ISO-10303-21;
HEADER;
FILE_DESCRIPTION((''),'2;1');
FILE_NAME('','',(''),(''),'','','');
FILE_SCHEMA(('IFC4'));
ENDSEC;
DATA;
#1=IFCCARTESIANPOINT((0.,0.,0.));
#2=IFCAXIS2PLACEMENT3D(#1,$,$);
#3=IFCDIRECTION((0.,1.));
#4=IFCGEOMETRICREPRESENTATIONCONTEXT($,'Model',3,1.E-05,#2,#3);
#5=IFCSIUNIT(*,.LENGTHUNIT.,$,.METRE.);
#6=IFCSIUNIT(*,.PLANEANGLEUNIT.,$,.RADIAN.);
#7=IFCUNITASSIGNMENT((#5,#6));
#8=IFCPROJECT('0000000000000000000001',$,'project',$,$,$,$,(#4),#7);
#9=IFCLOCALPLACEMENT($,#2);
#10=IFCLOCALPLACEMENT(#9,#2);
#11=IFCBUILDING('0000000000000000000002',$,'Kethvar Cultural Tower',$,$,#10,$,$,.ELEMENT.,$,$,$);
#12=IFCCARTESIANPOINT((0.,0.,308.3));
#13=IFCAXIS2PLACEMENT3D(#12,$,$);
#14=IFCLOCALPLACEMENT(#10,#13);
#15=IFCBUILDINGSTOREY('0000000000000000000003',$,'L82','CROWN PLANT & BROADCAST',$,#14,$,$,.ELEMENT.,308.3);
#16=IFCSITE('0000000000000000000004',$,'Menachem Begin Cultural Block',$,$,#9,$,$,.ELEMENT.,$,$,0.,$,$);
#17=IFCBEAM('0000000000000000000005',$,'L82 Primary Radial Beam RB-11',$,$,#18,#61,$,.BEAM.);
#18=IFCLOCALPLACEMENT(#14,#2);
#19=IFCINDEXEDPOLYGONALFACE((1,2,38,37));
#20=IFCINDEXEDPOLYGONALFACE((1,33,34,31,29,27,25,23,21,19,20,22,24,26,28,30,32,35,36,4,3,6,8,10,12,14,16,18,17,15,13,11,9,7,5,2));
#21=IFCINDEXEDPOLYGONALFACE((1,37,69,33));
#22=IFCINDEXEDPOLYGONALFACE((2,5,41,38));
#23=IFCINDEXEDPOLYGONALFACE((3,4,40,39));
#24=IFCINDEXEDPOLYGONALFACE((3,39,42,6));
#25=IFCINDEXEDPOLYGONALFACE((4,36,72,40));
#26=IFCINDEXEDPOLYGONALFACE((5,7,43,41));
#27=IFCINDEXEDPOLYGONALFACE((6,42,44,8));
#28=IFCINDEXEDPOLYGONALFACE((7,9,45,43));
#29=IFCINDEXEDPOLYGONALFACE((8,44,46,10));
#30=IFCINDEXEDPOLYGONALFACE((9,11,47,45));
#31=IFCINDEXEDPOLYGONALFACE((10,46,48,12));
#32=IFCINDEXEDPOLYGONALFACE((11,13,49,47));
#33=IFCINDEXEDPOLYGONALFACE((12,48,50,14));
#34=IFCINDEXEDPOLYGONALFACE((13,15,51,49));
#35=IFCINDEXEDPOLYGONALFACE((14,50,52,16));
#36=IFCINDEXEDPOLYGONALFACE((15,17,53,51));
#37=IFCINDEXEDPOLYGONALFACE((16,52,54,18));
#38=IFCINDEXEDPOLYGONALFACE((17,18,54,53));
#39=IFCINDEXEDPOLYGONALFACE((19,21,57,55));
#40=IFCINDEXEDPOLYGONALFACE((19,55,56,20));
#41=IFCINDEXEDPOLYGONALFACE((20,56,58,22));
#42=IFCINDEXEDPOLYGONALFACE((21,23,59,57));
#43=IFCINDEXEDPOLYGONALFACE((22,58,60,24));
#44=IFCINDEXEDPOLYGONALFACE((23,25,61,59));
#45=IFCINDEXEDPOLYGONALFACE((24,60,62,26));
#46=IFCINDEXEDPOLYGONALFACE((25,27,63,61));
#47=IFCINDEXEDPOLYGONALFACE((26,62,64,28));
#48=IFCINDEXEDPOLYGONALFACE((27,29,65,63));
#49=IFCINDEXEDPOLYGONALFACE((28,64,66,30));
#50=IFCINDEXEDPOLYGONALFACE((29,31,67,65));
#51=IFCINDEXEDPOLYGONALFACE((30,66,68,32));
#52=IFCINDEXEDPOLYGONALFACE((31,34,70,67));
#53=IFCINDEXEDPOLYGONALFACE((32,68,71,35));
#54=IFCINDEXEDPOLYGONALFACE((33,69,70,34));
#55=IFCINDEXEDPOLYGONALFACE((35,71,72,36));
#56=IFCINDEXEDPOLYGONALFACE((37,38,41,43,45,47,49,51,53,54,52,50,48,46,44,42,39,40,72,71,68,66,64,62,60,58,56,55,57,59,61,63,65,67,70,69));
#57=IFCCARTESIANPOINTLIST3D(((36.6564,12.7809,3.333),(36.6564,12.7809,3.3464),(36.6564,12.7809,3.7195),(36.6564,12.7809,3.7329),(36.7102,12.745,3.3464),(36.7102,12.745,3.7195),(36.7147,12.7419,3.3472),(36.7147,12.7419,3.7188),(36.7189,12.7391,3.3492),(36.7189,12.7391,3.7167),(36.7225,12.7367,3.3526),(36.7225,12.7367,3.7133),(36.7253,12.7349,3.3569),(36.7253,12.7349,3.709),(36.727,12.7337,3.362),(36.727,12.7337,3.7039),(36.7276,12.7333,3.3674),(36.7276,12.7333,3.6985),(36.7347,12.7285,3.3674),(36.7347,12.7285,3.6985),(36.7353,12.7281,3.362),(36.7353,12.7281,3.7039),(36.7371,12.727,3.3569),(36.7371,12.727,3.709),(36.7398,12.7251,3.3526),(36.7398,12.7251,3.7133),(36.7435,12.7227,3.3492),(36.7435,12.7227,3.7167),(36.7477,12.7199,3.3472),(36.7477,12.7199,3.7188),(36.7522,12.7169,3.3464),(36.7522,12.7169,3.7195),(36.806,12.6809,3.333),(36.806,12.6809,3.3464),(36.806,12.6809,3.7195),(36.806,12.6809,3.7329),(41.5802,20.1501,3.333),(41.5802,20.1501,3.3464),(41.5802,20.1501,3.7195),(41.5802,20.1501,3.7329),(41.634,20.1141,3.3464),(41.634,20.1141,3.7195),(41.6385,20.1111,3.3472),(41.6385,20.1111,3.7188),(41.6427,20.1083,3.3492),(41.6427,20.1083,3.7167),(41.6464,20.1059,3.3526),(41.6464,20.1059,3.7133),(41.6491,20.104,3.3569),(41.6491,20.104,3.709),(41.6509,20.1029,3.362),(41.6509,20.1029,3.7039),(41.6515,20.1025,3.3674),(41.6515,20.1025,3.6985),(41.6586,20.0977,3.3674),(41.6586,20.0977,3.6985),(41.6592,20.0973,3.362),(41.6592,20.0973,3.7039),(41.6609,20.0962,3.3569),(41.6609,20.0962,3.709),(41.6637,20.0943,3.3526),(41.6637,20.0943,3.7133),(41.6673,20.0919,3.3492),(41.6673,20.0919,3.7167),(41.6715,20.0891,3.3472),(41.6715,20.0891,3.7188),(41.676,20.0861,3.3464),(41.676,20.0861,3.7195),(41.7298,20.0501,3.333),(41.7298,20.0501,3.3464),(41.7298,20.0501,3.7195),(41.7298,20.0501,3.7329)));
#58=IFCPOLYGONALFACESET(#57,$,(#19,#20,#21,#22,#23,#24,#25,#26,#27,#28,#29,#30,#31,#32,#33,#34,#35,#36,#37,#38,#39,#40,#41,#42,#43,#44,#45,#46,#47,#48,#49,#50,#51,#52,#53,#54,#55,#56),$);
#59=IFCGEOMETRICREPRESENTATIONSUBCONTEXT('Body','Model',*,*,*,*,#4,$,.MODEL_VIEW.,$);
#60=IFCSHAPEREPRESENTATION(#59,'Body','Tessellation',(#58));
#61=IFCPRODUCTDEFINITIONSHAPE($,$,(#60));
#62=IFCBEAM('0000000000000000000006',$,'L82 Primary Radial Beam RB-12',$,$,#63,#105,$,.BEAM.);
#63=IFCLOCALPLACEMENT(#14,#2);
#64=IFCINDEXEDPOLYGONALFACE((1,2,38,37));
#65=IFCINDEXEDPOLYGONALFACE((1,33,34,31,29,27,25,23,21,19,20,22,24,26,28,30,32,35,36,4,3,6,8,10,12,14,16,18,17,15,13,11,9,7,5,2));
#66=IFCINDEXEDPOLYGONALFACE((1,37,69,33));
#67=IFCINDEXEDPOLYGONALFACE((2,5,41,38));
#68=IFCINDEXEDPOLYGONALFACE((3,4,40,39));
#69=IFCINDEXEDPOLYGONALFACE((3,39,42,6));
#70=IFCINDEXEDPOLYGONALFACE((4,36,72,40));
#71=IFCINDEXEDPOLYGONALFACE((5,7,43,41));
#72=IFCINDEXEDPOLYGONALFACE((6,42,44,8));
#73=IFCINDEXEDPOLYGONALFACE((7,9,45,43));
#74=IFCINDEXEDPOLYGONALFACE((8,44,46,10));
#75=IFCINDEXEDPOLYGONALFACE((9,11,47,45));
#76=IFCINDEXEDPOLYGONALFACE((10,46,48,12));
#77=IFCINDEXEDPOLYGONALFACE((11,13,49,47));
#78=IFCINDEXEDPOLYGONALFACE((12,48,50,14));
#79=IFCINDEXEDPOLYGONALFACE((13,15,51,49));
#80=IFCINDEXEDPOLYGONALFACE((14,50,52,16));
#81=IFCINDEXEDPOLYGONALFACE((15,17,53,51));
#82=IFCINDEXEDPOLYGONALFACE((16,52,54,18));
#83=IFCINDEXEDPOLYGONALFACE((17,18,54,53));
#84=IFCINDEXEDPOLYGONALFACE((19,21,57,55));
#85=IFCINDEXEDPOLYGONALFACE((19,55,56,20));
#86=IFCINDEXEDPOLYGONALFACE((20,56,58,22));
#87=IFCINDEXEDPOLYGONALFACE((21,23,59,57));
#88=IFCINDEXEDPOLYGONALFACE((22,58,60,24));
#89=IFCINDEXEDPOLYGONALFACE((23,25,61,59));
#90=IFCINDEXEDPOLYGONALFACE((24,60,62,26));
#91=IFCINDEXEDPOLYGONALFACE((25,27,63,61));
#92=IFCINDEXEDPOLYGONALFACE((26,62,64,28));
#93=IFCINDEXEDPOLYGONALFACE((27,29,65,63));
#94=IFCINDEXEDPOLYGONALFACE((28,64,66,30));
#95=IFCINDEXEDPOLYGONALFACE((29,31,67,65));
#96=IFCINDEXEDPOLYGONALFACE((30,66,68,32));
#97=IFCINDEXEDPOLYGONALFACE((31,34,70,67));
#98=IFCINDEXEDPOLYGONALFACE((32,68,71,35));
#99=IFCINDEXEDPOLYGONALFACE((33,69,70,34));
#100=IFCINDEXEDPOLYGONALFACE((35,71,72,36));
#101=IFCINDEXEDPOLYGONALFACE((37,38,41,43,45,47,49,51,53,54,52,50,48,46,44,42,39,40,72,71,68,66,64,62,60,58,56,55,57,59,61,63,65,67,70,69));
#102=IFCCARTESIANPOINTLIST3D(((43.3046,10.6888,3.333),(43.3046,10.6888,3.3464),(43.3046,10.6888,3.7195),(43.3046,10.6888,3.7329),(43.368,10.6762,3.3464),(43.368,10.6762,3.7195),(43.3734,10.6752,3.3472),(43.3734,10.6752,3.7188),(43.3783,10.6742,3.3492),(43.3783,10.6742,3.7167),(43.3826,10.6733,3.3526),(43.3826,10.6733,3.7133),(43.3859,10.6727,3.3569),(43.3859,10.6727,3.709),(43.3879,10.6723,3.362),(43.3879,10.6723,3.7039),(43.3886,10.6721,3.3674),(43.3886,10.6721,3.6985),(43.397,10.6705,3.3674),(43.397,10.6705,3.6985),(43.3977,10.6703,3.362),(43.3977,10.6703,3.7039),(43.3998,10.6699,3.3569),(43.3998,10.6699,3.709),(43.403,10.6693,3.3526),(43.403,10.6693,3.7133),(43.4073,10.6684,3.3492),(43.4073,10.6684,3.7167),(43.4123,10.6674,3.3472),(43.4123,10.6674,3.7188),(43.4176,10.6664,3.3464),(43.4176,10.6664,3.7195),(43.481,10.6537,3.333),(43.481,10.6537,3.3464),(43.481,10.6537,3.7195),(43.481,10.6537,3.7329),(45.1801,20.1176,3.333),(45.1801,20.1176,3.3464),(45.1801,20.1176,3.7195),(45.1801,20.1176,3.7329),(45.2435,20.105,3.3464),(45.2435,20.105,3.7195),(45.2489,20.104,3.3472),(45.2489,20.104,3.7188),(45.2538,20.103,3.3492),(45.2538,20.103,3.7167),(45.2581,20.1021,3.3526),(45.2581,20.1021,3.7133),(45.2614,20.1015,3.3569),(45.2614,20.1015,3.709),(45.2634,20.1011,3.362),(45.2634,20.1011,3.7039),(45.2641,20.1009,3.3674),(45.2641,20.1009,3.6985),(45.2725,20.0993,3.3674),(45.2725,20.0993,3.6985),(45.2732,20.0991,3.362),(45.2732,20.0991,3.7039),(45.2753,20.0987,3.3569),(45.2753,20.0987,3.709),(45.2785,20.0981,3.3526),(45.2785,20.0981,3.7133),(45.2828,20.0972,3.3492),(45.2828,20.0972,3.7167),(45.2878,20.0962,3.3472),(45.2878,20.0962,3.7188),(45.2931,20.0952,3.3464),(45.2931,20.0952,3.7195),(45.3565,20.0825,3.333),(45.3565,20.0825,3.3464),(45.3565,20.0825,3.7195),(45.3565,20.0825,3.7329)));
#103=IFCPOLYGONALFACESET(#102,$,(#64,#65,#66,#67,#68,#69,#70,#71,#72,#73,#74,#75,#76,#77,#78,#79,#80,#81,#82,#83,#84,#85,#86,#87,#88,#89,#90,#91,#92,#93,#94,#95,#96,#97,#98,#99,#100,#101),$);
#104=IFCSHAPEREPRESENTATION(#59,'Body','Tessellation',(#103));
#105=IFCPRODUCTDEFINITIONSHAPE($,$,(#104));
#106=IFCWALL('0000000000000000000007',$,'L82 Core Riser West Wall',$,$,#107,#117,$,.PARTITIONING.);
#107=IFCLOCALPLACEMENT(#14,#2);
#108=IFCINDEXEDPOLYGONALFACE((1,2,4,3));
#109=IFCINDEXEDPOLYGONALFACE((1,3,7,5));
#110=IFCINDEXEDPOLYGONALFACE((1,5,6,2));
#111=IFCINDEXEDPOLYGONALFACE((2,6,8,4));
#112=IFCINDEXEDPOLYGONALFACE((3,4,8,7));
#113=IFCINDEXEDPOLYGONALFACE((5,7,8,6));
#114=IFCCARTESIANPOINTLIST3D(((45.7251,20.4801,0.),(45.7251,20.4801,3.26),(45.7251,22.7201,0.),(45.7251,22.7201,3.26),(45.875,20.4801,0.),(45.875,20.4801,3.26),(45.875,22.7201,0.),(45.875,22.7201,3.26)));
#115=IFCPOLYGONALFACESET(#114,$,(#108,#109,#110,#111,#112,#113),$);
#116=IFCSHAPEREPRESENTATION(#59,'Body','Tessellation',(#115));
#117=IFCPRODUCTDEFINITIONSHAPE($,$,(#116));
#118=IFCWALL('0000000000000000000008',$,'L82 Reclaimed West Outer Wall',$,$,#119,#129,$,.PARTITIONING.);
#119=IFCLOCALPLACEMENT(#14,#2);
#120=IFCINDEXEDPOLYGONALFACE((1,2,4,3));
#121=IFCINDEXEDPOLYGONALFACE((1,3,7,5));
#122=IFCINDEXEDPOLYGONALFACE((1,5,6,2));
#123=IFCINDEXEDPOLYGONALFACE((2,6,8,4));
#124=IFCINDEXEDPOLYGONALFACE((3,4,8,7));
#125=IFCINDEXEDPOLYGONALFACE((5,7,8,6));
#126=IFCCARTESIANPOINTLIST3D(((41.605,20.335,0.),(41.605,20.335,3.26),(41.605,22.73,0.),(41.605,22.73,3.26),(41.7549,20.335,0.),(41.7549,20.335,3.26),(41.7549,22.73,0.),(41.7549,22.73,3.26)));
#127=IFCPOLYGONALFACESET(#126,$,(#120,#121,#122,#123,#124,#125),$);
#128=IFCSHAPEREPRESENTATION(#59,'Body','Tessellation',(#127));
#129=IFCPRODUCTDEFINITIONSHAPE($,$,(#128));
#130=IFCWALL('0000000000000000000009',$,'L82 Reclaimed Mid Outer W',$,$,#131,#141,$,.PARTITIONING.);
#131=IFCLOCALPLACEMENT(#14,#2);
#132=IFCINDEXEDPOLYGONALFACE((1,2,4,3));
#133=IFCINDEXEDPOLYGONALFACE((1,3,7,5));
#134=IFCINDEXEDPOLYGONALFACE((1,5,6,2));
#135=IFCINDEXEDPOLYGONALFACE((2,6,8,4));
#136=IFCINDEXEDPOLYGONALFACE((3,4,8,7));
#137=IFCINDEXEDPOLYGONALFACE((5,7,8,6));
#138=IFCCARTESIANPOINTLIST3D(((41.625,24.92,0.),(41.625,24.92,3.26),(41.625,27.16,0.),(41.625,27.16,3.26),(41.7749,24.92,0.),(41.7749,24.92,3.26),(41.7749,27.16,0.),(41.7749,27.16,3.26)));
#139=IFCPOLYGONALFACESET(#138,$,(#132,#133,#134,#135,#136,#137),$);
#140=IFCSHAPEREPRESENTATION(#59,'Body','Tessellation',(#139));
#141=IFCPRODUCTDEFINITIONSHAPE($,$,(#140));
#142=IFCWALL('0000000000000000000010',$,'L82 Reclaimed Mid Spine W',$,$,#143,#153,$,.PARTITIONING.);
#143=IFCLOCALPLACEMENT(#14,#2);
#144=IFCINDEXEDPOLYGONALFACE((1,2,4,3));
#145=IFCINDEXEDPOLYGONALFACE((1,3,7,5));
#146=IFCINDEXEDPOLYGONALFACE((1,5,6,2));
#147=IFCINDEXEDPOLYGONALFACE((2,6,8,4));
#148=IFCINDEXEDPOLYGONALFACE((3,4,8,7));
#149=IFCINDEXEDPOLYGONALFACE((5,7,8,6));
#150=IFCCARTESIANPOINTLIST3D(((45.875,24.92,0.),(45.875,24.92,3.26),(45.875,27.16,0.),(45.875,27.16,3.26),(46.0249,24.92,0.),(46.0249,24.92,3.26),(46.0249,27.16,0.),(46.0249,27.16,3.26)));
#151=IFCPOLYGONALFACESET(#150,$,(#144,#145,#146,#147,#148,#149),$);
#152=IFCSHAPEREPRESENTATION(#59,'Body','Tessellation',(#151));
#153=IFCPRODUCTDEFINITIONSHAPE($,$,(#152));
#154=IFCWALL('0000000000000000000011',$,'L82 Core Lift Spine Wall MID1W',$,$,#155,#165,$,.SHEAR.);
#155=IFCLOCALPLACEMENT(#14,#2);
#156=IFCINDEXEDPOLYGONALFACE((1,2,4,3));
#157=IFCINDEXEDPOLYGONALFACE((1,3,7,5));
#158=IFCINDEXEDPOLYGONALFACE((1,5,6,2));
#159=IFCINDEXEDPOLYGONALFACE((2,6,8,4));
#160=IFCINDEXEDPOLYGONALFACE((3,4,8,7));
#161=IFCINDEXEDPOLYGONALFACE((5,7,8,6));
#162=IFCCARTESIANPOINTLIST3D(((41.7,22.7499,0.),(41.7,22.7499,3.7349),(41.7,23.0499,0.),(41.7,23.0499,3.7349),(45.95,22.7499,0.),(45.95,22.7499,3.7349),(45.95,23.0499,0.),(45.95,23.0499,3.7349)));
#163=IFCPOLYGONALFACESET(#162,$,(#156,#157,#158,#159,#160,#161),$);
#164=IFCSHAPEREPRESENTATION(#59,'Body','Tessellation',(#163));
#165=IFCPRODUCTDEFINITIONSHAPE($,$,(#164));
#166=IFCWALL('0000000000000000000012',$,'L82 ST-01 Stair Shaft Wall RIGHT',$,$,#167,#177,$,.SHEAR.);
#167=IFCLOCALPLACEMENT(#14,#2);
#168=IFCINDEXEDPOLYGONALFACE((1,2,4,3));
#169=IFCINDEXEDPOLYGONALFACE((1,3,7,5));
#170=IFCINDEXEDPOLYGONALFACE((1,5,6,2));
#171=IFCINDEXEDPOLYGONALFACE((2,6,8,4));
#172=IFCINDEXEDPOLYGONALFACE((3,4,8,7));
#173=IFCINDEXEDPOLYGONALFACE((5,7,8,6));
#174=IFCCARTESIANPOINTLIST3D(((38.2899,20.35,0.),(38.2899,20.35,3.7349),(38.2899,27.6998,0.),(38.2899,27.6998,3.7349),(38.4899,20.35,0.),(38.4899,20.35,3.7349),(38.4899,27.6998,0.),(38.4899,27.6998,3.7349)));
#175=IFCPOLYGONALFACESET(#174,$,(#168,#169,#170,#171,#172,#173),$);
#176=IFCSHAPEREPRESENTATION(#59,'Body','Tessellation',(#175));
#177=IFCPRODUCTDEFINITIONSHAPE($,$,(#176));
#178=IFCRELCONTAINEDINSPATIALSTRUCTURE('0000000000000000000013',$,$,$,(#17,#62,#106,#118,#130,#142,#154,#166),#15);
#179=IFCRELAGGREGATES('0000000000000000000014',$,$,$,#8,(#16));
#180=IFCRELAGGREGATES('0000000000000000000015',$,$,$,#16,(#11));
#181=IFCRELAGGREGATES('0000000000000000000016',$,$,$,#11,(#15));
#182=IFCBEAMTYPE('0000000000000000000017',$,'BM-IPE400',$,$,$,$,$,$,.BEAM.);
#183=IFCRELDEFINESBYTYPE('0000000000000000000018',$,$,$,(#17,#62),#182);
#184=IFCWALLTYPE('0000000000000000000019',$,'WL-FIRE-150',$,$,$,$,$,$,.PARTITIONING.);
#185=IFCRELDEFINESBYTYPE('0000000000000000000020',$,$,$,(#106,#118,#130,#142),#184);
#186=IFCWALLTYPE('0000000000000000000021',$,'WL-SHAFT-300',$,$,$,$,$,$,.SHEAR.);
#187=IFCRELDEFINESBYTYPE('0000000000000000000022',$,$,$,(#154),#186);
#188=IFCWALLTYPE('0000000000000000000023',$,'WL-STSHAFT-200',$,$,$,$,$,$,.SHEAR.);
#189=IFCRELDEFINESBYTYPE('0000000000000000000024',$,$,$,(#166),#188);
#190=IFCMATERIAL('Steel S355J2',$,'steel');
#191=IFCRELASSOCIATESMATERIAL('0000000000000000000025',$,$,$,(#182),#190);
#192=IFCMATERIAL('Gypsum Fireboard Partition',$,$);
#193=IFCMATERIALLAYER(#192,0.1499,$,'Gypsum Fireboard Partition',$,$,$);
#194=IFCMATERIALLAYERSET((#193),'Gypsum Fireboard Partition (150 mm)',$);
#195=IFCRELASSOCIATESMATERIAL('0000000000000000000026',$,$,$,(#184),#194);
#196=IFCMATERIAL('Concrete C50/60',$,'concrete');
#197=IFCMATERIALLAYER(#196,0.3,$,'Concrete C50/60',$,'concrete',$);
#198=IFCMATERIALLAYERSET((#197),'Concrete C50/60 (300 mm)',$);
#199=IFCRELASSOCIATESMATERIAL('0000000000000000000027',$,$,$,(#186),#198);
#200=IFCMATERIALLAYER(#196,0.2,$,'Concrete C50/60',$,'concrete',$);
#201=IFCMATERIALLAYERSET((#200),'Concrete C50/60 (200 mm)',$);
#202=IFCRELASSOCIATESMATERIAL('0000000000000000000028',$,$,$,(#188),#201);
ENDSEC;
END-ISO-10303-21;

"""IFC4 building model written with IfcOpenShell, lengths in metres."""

from ifc_helpers import new_model, si_unit, direction, frame, frame_2d, origin, origin_2d, place, context, subcontext, project, spatial, rectangle, i_section, extrude, source, transform, mapped, material, layer, layer_set, material_profile, profile_set, type_object, element, save


model = new_model("IFC4")

# Units and contexts
model_context = context("Model", 3, precision=1e-05, world=origin(), true_north=direction((0.0, 1.0)))
body_context = subcontext(model_context, "Body", "Model", "MODEL_VIEW")
ifc_project = project(units=[si_unit("LENGTHUNIT", "METRE"), si_unit("PLANEANGLEUNIT", "RADIAN")], contexts=[model_context])

# Site, building, storey
site_placement = place(None, origin())
site = spatial("IfcSite", under=ifc_project, at=site_placement, Name="Menachem Begin Cultural Block", CompositionType="ELEMENT", RefElevation=0.0)
building_placement = place(site_placement, origin())
building = spatial("IfcBuilding", under=site, at=building_placement, Name="Kethvar Cultural Tower", CompositionType="ELEMENT")
storey_placement = place(building_placement, frame((0.0, 0.0, 308.3)))
storey = spatial("IfcBuildingStorey", under=building, at=storey_placement, Name="L82", Description="CROWN PLANT & BROADCAST", CompositionType="ELEMENT", Elevation=308.3)

# Beams
ifc_material_1 = material(Name="Steel S355J2", Category="steel")
ifc_material_profile_1 = material_profile(ifc_material_1, i_section(OverallWidth=0.1799, OverallDepth=0.3999, WebThickness=0.0085, FlangeThickness=0.0134, FilletRadius=0.021, at=origin_2d()), Name="Steel S355J2 — IPE400")
ifc_profile_set_1 = profile_set([ifc_material_profile_1], Name="Steel S355J2 — IPE400")
beam_type_1 = type_object("IfcBeamType", Name="BM-IPE400", PredefinedType="BEAM", material=ifc_profile_set_1)
shared_shape_1 = source(origin(), body_context, "Body", "SweptSolid", [
    extrude(i_section(OverallWidth=0.1799, OverallDepth=0.3999, WebThickness=0.0085, FlangeThickness=0.0134, FilletRadius=0.021, at=origin_2d()), origin(), (0.0, 0.0, 1.0), 8.8628),
])
beam_1_placement = place(storey_placement, frame((41.655, 20.1001, 3.533), z_axis=(-0.555564, -0.831473, 0.0), x_axis=(0.831473, -0.555564, 0.0)))
element("IfcBeam", 1, at=beam_1_placement, inside=storey, type_object=beam_type_1, Name="L82 Primary Radial Beam RB-11", PredefinedType="BEAM", context=body_context, shape_type="MappedRepresentation", body=[
    mapped(shared_shape_1, transform((0.0, 0.0, 0.0), scale=1.0)),
])
shared_shape_2 = source(origin(), body_context, "Body", "SweptSolid", [
    extrude(i_section(OverallWidth=0.1799, OverallDepth=0.3999, WebThickness=0.0085, FlangeThickness=0.0134, FilletRadius=0.021, at=origin_2d()), origin(), (0.0, 0.0, 1.0), 9.6135),
])
beam_2_placement = place(storey_placement, frame((45.2683, 20.1001, 3.533), z_axis=(-0.19509, -0.980785, 0.0), x_axis=(0.980785, -0.19509, 0.0)))
element("IfcBeam", 2, at=beam_2_placement, inside=storey, type_object=beam_type_1, Name="L82 Primary Radial Beam RB-12", PredefinedType="BEAM", context=body_context, shape_type="MappedRepresentation", body=[
    mapped(shared_shape_2, transform((0.0, 0.0, 0.0), scale=1.0)),
])

# Shared definitions
ifc_material_2 = material(Name="Gypsum Fireboard Partition")
ifc_layer_1 = layer(ifc_material_2, 0.1499, Name="Gypsum Fireboard Partition")
ifc_layer_set_1 = layer_set([ifc_layer_1], Name="Gypsum Fireboard Partition (150 mm)")
wall_type_1 = type_object("IfcWallType", Name="WL-FIRE-150", PredefinedType="PARTITIONING", material=ifc_layer_set_1)

# Walls
wall_1_placement = place(storey_placement, frame((45.8, 20.48, 0.0), z_axis=(0.0, 0.0, 1.0), x_axis=(0.0, 1.0, 0.0)))
element("IfcWall", 3, at=wall_1_placement, inside=storey, type_object=wall_type_1, Name="L82 Core Riser West Wall", PredefinedType="PARTITIONING", context=body_context, shape_type="SweptSolid", body=[
    extrude(rectangle(XDim=2.24, YDim=0.1499, at=frame_2d((1.1201, 0.0))), origin(), (0.0, 0.0, 1.0), 3.26),
])
wall_2_placement = place(storey_placement, frame((41.6799, 20.335, 0.0), z_axis=(0.0, 0.0, 1.0), x_axis=(0.0, 1.0, 0.0)))
element("IfcWall", 4, at=wall_2_placement, inside=storey, type_object=wall_type_1, Name="L82 Reclaimed West Outer Wall", PredefinedType="PARTITIONING", context=body_context, shape_type="SweptSolid", body=[
    extrude(rectangle(XDim=2.395, YDim=0.1499, at=frame_2d((1.1975, 0.0))), origin(), (0.0, 0.0, 1.0), 3.26),
])
for number, where, z_axis, x_axis, name in (
    (5, (41.7, 24.9199, 0.0), (0.0, 0.0, 1.0), (0.0, 1.0, 0.0), "L82 Reclaimed Mid Outer W"),
    (6, (45.95, 24.9199, 0.0), (0.0, 0.0, 1.0), (0.0, 1.0, 0.0), "L82 Reclaimed Mid Spine W"),
):
    element("IfcWall", number, at=place(storey_placement, frame(where, z_axis=z_axis, x_axis=x_axis)), inside=storey, type_object=wall_type_1, Name=name, PredefinedType="PARTITIONING", context=body_context, shape_type="SweptSolid", body=[
        extrude(rectangle(XDim=2.24, YDim=0.1499, at=frame_2d((1.1201, 0.0))), origin(), (0.0, 0.0, 1.0), 3.26),
    ])
ifc_material_3 = material(Name="Concrete C50/60", Category="concrete")
ifc_layer_2 = layer(ifc_material_3, 0.3, Name="Concrete C50/60", Category="concrete")
ifc_layer_set_2 = layer_set([ifc_layer_2], Name="Concrete C50/60 (300 mm)")
wall_type_2 = type_object("IfcWallType", Name="WL-SHAFT-300", PredefinedType="SHEAR", material=ifc_layer_set_2)
wall_3_placement = place(storey_placement, frame((41.7, 22.8999, 0.0), z_axis=(0.0, 0.0, 1.0), x_axis=(1.0, 0.0, 0.0)))
element("IfcWall", 7, at=wall_3_placement, inside=storey, type_object=wall_type_2, Name="L82 Core Lift Spine Wall MID1W", PredefinedType="SHEAR", context=body_context, shape_type="SweptSolid", body=[
    extrude(rectangle(XDim=4.25, YDim=0.3, at=frame_2d((2.125, 0.0))), origin(), (0.0, 0.0, 1.0), 3.7349),
])

# Wall
ifc_layer_3 = layer(ifc_material_3, 0.2, Name="Concrete C50/60", Category="concrete")
ifc_layer_set_3 = layer_set([ifc_layer_3], Name="Concrete C50/60 (200 mm)")
wall_type_3 = type_object("IfcWallType", Name="WL-STSHAFT-200", PredefinedType="SHEAR", material=ifc_layer_set_3)
wall_4_placement = place(storey_placement, frame((38.3899, 20.3501, 0.0), z_axis=(0.0, 0.0, 1.0), x_axis=(0.0, 1.0, 0.0)))
element("IfcWall", 8, at=wall_4_placement, inside=storey, type_object=wall_type_3, Name="L82 ST-01 Stair Shaft Wall RIGHT", PredefinedType="SHEAR", context=body_context, shape_type="SweptSolid", body=[
    extrude(rectangle(XDim=7.3499, YDim=0.2, at=frame_2d((3.6748, 0.0))), origin(), (0.0, 0.0, 1.0), 3.7349),
])

save(model, "model.ifc")
